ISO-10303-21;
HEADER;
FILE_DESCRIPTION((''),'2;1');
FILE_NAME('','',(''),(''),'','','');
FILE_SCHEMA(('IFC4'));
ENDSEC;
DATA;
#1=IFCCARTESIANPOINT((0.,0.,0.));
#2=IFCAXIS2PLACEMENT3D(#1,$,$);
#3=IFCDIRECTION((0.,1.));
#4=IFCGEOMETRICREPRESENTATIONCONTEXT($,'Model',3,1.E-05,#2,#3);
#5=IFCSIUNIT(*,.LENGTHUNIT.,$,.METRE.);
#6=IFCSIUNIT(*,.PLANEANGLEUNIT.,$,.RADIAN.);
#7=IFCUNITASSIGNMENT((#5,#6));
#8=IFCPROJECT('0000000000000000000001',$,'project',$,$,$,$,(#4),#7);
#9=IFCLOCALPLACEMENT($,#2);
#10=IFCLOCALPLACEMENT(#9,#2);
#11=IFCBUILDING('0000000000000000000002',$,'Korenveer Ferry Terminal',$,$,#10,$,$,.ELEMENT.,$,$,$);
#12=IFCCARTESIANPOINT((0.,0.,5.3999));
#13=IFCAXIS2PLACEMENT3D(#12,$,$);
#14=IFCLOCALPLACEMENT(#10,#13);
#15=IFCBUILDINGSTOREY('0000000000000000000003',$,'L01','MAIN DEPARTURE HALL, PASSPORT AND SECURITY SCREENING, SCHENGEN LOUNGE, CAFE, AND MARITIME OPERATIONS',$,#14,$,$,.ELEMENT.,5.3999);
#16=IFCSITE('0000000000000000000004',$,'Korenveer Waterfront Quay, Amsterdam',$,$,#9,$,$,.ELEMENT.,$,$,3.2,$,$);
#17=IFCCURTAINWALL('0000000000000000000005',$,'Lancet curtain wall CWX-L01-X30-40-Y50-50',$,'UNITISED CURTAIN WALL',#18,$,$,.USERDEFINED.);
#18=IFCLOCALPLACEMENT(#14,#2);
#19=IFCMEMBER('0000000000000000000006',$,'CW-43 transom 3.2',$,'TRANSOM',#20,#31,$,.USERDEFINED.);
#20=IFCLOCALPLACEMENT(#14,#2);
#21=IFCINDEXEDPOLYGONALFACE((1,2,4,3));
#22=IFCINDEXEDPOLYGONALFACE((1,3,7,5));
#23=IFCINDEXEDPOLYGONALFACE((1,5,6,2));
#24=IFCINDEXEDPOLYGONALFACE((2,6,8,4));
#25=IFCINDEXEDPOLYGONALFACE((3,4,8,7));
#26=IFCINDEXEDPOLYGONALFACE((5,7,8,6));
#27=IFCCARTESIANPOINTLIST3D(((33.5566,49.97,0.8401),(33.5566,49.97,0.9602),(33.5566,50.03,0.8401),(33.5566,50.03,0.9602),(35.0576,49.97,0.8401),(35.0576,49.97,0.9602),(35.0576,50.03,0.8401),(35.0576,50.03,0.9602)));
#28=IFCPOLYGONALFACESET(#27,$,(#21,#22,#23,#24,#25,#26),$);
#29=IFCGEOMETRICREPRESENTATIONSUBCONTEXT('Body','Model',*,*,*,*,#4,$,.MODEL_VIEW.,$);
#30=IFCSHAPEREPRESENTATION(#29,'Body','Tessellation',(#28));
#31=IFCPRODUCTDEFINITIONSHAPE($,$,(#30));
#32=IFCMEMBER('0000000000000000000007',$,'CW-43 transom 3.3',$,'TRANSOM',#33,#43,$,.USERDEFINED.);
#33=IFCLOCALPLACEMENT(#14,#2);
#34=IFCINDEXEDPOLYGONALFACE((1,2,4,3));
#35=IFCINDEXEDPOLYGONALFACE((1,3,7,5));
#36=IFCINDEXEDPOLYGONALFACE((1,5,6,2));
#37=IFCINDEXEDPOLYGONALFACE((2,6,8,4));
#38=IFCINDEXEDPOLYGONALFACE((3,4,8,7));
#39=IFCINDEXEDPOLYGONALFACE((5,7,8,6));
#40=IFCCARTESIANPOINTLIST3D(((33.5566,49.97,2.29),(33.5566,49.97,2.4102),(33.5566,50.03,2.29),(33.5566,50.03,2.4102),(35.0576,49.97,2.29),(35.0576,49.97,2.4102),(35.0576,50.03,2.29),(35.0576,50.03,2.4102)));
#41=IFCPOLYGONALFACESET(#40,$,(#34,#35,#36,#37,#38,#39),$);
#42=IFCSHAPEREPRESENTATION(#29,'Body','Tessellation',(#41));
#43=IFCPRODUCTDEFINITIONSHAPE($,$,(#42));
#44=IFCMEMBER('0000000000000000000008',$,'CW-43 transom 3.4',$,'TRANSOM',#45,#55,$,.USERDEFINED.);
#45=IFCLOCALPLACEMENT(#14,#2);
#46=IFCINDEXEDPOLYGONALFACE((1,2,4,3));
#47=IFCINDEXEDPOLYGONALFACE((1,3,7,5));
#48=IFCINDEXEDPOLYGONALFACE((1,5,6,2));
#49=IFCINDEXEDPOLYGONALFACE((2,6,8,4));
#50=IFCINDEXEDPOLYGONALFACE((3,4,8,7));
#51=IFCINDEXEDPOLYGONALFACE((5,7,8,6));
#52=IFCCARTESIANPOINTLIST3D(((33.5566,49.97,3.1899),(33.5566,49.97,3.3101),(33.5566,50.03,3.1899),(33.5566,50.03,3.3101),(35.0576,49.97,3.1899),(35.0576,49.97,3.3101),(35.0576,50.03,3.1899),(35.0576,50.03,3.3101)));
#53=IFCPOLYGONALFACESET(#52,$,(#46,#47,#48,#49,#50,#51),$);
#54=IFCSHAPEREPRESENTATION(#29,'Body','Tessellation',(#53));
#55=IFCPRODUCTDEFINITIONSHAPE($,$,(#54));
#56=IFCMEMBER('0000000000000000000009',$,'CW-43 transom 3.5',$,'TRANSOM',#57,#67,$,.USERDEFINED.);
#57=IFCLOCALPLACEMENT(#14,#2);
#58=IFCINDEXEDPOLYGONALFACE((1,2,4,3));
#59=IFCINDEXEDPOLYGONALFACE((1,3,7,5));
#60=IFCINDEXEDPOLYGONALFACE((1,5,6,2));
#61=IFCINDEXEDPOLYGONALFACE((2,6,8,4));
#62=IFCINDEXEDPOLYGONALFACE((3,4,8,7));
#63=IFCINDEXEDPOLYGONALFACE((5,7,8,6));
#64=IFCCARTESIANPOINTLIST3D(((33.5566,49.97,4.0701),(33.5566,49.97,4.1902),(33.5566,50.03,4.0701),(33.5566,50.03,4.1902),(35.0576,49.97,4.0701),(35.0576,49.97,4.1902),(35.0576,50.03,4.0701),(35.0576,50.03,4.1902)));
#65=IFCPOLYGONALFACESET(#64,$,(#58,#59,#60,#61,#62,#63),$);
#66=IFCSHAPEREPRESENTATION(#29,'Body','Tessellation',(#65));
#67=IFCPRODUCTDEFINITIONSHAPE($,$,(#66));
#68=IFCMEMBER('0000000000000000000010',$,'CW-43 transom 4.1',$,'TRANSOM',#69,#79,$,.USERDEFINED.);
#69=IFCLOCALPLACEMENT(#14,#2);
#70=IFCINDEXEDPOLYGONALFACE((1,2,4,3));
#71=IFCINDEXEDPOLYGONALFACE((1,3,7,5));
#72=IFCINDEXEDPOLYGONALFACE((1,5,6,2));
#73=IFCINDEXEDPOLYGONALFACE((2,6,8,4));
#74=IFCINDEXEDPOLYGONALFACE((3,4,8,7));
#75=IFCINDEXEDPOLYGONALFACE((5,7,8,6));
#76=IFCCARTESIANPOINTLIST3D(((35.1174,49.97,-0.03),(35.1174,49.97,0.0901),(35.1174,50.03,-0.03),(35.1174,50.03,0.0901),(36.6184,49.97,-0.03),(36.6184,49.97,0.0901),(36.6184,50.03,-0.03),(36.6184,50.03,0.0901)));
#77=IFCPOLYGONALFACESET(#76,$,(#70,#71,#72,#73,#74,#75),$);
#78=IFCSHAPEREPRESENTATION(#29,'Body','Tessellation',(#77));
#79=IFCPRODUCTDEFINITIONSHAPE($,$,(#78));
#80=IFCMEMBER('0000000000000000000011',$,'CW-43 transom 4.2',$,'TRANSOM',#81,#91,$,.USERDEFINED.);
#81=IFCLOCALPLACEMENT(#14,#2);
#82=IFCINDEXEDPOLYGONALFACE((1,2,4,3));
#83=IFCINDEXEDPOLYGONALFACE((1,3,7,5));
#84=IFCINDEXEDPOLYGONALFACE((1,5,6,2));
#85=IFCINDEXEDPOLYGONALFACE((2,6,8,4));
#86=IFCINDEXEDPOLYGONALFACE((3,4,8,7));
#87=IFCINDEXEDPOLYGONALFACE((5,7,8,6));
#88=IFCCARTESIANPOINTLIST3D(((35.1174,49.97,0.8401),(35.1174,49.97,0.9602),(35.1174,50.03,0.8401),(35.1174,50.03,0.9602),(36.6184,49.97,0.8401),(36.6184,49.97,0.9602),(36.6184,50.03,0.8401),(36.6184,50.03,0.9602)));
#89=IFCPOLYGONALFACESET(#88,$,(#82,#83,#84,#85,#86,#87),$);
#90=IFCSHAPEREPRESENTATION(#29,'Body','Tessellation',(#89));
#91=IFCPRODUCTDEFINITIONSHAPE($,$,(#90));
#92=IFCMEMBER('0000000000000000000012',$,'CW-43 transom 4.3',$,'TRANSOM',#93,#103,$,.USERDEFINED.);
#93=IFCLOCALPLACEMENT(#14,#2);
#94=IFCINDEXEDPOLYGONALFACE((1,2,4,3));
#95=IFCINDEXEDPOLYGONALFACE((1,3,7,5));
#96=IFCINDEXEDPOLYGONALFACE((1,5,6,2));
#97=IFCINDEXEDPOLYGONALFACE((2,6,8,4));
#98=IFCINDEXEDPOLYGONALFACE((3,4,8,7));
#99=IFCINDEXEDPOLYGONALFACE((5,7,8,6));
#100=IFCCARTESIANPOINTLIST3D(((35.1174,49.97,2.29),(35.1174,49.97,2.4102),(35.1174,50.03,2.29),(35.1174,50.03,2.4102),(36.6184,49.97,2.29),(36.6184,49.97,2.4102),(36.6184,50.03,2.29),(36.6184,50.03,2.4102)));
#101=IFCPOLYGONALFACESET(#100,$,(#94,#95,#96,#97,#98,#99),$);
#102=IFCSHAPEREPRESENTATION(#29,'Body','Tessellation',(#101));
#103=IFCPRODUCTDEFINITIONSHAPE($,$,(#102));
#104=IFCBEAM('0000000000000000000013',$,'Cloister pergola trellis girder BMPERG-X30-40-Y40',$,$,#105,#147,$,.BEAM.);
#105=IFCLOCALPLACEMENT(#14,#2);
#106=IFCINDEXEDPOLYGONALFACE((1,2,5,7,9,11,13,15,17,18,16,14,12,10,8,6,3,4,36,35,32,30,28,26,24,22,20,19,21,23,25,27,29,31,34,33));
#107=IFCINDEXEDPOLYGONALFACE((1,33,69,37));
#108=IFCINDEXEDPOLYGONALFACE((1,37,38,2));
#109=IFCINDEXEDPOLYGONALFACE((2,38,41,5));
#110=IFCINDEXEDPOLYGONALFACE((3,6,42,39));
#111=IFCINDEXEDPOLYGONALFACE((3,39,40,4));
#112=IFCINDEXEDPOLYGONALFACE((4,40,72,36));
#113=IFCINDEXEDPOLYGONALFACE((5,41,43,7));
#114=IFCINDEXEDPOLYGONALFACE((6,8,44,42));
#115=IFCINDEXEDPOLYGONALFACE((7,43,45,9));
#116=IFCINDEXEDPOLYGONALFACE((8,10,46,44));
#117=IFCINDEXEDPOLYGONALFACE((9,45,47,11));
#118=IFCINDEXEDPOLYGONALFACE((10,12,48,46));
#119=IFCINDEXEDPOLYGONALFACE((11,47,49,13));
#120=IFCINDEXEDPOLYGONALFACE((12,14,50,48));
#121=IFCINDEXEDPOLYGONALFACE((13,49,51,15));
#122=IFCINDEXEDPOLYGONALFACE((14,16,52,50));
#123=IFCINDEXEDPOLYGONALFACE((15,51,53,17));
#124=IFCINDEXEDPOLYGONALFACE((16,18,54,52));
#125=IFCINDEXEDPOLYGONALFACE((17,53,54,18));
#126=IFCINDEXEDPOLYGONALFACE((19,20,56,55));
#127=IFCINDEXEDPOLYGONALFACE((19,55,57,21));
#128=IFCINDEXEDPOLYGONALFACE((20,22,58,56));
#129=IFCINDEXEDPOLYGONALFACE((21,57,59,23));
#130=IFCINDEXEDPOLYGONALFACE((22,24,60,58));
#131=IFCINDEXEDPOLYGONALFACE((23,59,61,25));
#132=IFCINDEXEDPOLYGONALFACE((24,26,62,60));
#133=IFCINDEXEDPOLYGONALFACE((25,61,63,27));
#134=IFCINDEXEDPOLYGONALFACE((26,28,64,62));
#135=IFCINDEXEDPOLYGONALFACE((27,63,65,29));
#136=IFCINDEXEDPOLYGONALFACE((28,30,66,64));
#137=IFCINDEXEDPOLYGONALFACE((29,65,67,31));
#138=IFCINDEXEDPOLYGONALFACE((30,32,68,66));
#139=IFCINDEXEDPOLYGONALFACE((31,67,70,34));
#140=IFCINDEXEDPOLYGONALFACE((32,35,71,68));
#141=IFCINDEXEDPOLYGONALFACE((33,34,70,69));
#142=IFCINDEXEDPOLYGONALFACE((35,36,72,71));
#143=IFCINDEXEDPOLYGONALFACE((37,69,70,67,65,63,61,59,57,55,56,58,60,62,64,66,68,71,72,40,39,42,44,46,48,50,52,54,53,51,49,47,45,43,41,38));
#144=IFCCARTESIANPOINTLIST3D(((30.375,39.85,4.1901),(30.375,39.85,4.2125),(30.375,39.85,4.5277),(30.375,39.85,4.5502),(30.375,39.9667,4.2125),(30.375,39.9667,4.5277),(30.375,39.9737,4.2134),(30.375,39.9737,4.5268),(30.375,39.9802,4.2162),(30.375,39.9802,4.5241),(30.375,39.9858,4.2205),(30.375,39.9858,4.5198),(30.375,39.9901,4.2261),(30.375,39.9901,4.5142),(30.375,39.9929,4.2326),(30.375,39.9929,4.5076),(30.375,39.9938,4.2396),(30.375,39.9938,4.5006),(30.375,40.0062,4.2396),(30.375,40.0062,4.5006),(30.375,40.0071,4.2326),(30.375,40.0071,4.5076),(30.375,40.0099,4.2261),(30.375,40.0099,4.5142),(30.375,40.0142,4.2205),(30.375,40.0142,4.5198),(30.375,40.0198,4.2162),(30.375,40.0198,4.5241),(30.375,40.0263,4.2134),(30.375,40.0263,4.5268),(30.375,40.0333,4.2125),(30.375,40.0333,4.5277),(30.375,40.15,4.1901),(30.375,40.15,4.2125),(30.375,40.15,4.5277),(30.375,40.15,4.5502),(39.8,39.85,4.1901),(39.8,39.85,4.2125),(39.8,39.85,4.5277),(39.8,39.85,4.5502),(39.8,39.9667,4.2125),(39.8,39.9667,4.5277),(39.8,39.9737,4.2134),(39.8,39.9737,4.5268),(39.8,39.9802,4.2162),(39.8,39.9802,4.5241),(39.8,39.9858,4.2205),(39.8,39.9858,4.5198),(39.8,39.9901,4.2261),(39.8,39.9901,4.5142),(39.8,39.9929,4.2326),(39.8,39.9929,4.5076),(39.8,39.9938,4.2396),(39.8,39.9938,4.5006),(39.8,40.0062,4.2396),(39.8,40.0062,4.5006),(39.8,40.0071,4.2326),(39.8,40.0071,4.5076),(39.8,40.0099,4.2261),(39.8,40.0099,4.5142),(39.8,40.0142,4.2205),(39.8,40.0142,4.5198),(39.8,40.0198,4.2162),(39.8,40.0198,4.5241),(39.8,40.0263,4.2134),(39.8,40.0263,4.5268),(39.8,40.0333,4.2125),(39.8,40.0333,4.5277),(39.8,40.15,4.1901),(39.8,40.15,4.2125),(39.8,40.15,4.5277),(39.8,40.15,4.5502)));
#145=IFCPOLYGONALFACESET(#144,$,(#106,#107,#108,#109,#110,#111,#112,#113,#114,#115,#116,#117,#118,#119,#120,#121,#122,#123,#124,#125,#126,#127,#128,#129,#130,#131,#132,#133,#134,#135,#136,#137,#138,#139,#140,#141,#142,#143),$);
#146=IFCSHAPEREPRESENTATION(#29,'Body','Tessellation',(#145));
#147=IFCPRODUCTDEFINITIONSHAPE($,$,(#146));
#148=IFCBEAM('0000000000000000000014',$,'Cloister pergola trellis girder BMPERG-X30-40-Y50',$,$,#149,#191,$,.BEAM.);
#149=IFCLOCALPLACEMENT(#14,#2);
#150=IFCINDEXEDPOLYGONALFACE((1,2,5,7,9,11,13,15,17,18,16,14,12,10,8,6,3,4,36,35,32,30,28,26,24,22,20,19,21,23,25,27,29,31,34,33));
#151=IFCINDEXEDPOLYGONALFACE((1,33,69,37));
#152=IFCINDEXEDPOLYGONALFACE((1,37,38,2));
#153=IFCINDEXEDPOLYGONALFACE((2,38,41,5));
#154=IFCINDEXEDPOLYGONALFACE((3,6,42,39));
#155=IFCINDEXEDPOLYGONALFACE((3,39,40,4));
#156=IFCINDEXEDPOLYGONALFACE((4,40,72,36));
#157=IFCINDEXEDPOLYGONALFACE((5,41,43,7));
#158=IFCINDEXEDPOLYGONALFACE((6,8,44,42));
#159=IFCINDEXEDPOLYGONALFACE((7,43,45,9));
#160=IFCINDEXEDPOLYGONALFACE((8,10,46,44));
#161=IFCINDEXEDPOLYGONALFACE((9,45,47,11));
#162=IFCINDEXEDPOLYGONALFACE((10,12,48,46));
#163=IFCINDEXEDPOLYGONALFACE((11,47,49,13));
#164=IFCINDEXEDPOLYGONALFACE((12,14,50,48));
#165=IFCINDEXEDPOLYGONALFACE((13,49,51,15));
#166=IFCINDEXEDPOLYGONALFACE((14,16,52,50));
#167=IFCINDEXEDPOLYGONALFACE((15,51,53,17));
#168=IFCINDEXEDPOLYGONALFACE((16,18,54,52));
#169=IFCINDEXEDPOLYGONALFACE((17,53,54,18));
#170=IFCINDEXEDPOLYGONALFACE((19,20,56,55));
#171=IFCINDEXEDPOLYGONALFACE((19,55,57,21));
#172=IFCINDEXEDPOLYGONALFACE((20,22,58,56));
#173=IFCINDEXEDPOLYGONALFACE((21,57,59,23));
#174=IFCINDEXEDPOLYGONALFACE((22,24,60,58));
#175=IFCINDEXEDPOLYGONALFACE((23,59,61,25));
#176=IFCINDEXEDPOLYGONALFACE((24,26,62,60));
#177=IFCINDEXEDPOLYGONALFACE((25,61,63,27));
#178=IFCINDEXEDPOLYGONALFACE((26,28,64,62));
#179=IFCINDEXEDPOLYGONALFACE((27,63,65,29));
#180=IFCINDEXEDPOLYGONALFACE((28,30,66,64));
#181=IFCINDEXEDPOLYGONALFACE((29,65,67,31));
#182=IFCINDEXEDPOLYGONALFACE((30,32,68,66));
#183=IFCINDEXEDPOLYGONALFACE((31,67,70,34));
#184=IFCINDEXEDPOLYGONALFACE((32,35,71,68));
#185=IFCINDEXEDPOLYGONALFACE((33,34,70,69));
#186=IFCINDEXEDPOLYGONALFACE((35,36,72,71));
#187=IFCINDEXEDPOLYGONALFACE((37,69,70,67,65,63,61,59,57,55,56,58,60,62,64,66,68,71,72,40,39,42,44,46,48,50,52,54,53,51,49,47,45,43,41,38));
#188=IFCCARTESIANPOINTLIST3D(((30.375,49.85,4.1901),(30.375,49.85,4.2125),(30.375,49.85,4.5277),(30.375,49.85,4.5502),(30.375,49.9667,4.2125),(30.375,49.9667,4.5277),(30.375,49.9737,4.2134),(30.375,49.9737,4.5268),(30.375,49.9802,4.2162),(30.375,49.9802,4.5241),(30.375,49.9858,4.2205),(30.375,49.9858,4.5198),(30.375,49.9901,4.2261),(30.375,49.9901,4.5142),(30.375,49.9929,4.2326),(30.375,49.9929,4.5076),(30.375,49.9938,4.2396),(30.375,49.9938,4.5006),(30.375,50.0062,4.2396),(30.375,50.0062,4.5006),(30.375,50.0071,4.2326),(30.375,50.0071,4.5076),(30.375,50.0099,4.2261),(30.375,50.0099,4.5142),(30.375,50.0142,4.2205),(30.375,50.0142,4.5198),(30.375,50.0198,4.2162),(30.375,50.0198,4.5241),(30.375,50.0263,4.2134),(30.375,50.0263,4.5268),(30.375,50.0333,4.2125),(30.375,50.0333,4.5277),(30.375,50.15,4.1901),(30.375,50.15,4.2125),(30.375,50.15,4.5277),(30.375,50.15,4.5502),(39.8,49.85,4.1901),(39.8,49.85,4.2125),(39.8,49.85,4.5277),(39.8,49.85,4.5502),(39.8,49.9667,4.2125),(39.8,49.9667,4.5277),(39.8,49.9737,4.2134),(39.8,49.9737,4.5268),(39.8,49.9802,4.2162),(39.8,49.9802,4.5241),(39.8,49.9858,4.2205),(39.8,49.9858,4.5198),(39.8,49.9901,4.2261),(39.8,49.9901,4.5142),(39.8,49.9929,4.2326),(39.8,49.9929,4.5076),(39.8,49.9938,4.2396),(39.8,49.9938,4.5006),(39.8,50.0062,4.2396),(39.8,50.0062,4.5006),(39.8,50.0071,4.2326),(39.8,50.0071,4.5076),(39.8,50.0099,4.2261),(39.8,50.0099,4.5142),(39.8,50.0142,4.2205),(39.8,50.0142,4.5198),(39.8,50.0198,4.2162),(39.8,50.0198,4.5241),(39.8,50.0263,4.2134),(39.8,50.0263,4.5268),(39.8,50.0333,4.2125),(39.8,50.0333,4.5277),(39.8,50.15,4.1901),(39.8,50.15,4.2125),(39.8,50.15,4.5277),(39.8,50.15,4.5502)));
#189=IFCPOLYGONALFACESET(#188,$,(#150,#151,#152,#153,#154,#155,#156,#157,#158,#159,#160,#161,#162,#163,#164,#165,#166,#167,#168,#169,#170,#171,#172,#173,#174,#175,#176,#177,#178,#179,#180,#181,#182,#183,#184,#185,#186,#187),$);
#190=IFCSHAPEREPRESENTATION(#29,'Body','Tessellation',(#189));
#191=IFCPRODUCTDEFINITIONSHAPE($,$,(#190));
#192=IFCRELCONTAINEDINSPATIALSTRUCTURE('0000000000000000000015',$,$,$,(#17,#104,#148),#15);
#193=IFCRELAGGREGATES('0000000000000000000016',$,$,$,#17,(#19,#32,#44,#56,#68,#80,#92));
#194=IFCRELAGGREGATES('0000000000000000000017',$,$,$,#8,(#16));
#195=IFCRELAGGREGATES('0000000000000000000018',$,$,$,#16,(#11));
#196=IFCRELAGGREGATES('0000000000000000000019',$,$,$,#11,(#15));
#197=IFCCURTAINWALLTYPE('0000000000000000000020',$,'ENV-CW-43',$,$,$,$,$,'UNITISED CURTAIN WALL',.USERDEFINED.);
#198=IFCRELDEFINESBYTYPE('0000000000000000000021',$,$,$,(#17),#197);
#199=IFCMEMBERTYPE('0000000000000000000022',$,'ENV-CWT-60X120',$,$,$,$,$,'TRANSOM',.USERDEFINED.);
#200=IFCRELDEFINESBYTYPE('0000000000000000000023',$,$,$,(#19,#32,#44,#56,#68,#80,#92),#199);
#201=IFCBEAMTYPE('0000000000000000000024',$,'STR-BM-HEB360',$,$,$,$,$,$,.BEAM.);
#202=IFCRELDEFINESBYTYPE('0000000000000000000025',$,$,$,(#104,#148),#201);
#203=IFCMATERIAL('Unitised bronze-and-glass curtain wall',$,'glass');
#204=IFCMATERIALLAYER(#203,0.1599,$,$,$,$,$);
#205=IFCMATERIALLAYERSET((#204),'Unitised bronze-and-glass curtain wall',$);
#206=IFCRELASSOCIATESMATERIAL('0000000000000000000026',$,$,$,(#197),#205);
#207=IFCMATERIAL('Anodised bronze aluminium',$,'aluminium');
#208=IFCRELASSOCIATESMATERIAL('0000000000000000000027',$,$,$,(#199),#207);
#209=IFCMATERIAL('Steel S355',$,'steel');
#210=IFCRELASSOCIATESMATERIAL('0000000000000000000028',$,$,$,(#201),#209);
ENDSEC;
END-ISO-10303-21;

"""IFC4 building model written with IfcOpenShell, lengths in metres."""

from ifc_helpers import new_model, si_unit, direction, frame, origin, origin_2d, place, context, subcontext, project, spatial, rectangle, i_section, extrude, material, layer, layer_set, material_profile, profile_set, type_object, element, aggregate, save


model = new_model("IFC4")

# Units and contexts
model_context = context("Model", 3, precision=1e-05, world=origin(), true_north=direction((0.0, 1.0)))
body_context = subcontext(model_context, "Body", "Model", "MODEL_VIEW")
ifc_project = project(units=[si_unit("LENGTHUNIT", "METRE"), si_unit("PLANEANGLEUNIT", "RADIAN")], contexts=[model_context])

# Site, building, storey
site_placement = place(None, origin())
site = spatial("IfcSite", under=ifc_project, at=site_placement, Name="Korenveer Waterfront Quay, Amsterdam", CompositionType="ELEMENT", RefElevation=3.2)
building_placement = place(site_placement, origin())
building = spatial("IfcBuilding", under=site, at=building_placement, Name="Korenveer Ferry Terminal", CompositionType="ELEMENT")
storey_placement = place(building_placement, frame((0.0, 0.0, 5.3999)))
storey = spatial("IfcBuildingStorey", under=building, at=storey_placement, Name="L01", Description="MAIN DEPARTURE HALL, PASSPORT AND SECURITY SCREENING, SCHENGEN LOUNGE, CAFE, AND MARITIME OPERATIONS", CompositionType="ELEMENT", Elevation=5.3999)

# Curtain wall, members
ifc_material_1 = material(Name="Unitised bronze-and-glass curtain wall", Category="glass")
ifc_layer_1 = layer(ifc_material_1, 0.1599)
ifc_layer_set_1 = layer_set([ifc_layer_1], Name="Unitised bronze-and-glass curtain wall")
curtain_wall_type = type_object("IfcCurtainWallType", Name="ENV-CW-43", ElementType="UNITISED CURTAIN WALL", PredefinedType="USERDEFINED", material=ifc_layer_set_1)
curtain_wall_placement = place(storey_placement, frame((30.405, 50.0, 0.0)))
curtain_wall = element("IfcCurtainWall", 1, at=curtain_wall_placement, inside=storey, type_object=curtain_wall_type, Name="Lancet curtain wall CWX-L01-X30-40-Y50-50", ObjectType="UNITISED CURTAIN WALL", PredefinedType="USERDEFINED")
ifc_material_2 = material(Name="Anodised bronze aluminium", Category="aluminium")
ifc_material_profile_1 = material_profile(ifc_material_2, rectangle(XDim=0.0601, YDim=0.1201, at=origin_2d()), Name="ALU 60x120")
ifc_profile_set_1 = profile_set([ifc_material_profile_1], Name="Anodised bronze aluminium")
member_type_1 = type_object("IfcMemberType", Name="ENV-CWT-60X120", ElementType="TRANSOM", PredefinedType="USERDEFINED", material=ifc_profile_set_1)
member_1_placement = place(storey_placement, frame((33.5566, 50.0, 0.9001), z_axis=(1.0, 0.0, 0.0), x_axis=(0.0, 1.0, 0.0)))
member_1 = element("IfcMember", 2, at=member_1_placement, type_object=member_type_1, Name="CW-43 transom 3.2", ObjectType="TRANSOM", PredefinedType="USERDEFINED", context=body_context, shape_type="SweptSolid", body=[
    extrude(rectangle(XDim=0.0601, YDim=0.1201, at=origin_2d()), origin(), (0.0, 0.0, 1.0), 1.501),
])
member_2_placement = place(storey_placement, frame((33.5566, 50.0, 2.3501), z_axis=(1.0, 0.0, 0.0), x_axis=(0.0, 1.0, 0.0)))
member_2 = element("IfcMember", 3, at=member_2_placement, type_object=member_type_1, Name="CW-43 transom 3.3", ObjectType="TRANSOM", PredefinedType="USERDEFINED", context=body_context, shape_type="SweptSolid", body=[
    extrude(rectangle(XDim=0.0601, YDim=0.1201, at=origin_2d()), origin(), (0.0, 0.0, 1.0), 1.501),
])
member_3_placement = place(storey_placement, frame((33.5566, 50.0, 3.25), z_axis=(1.0, 0.0, 0.0), x_axis=(0.0, 1.0, 0.0)))
member_3 = element("IfcMember", 4, at=member_3_placement, type_object=member_type_1, Name="CW-43 transom 3.4", ObjectType="TRANSOM", PredefinedType="USERDEFINED", context=body_context, shape_type="SweptSolid", body=[
    extrude(rectangle(XDim=0.0601, YDim=0.1201, at=origin_2d()), origin(), (0.0, 0.0, 1.0), 1.501),
])
member_4_placement = place(storey_placement, frame((33.5566, 50.0, 4.1301), z_axis=(1.0, 0.0, 0.0), x_axis=(0.0, 1.0, 0.0)))
member_4 = element("IfcMember", 5, at=member_4_placement, type_object=member_type_1, Name="CW-43 transom 3.5", ObjectType="TRANSOM", PredefinedType="USERDEFINED", context=body_context, shape_type="SweptSolid", body=[
    extrude(rectangle(XDim=0.0601, YDim=0.1201, at=origin_2d()), origin(), (0.0, 0.0, 1.0), 1.501),
])
member_5_placement = place(storey_placement, frame((35.1174, 50.0, 0.03), z_axis=(1.0, 0.0, 0.0), x_axis=(0.0, 1.0, 0.0)))
member_5 = element("IfcMember", 6, at=member_5_placement, type_object=member_type_1, Name="CW-43 transom 4.1", ObjectType="TRANSOM", PredefinedType="USERDEFINED", context=body_context, shape_type="SweptSolid", body=[
    extrude(rectangle(XDim=0.0601, YDim=0.1201, at=origin_2d()), origin(), (0.0, 0.0, 1.0), 1.501),
])
member_6_placement = place(storey_placement, frame((35.1174, 50.0, 0.9001), z_axis=(1.0, 0.0, 0.0), x_axis=(0.0, 1.0, 0.0)))
member_6 = element("IfcMember", 7, at=member_6_placement, type_object=member_type_1, Name="CW-43 transom 4.2", ObjectType="TRANSOM", PredefinedType="USERDEFINED", context=body_context, shape_type="SweptSolid", body=[
    extrude(rectangle(XDim=0.0601, YDim=0.1201, at=origin_2d()), origin(), (0.0, 0.0, 1.0), 1.501),
])
member_7_placement = place(storey_placement, frame((35.1174, 50.0, 2.3501), z_axis=(1.0, 0.0, 0.0), x_axis=(0.0, 1.0, 0.0)))
member_7 = element("IfcMember", 8, at=member_7_placement, type_object=member_type_1, Name="CW-43 transom 4.3", ObjectType="TRANSOM", PredefinedType="USERDEFINED", context=body_context, shape_type="SweptSolid", body=[
    extrude(rectangle(XDim=0.0601, YDim=0.1201, at=origin_2d()), origin(), (0.0, 0.0, 1.0), 1.501),
])

# Beams
ifc_material_3 = material(Name="Steel S355", Category="steel")
ifc_material_profile_2 = material_profile(ifc_material_3, i_section(OverallWidth=0.3, OverallDepth=0.3601, WebThickness=0.0125, FlangeThickness=0.0225, FilletRadius=0.0271, at=origin_2d()), Name="HEB 360")
ifc_profile_set_2 = profile_set([ifc_material_profile_2], Name="Steel S355")
beam_type = type_object("IfcBeamType", Name="STR-BM-HEB360", PredefinedType="BEAM", material=ifc_profile_set_2)
for number, where, z_axis, x_axis, name in (
    (9, (30.375, 40.0, 4.3701), (1.0, 0.0, 0.0), (0.0, 1.0, 0.0), "Cloister pergola trellis girder BMPERG-X30-40-Y40"),
    (10, (30.375, 50.0, 4.3701), (1.0, 0.0, 0.0), (0.0, 1.0, 0.0), "Cloister pergola trellis girder BMPERG-X30-40-Y50"),
):
    element("IfcBeam", number, at=place(storey_placement, frame(where, z_axis=z_axis, x_axis=x_axis)), inside=storey, type_object=beam_type, Name=name, PredefinedType="BEAM", context=body_context, shape_type="SweptSolid", body=[
        extrude(i_section(OverallWidth=0.3, OverallDepth=0.3601, WebThickness=0.0125, FlangeThickness=0.0225, FilletRadius=0.0271, at=origin_2d()), origin(), (0.0, 0.0, 1.0), 9.425),
    ])

aggregate(curtain_wall, [member_1, member_2, member_3, member_4, member_5, member_6, member_7])

save(model, "model.ifc")
